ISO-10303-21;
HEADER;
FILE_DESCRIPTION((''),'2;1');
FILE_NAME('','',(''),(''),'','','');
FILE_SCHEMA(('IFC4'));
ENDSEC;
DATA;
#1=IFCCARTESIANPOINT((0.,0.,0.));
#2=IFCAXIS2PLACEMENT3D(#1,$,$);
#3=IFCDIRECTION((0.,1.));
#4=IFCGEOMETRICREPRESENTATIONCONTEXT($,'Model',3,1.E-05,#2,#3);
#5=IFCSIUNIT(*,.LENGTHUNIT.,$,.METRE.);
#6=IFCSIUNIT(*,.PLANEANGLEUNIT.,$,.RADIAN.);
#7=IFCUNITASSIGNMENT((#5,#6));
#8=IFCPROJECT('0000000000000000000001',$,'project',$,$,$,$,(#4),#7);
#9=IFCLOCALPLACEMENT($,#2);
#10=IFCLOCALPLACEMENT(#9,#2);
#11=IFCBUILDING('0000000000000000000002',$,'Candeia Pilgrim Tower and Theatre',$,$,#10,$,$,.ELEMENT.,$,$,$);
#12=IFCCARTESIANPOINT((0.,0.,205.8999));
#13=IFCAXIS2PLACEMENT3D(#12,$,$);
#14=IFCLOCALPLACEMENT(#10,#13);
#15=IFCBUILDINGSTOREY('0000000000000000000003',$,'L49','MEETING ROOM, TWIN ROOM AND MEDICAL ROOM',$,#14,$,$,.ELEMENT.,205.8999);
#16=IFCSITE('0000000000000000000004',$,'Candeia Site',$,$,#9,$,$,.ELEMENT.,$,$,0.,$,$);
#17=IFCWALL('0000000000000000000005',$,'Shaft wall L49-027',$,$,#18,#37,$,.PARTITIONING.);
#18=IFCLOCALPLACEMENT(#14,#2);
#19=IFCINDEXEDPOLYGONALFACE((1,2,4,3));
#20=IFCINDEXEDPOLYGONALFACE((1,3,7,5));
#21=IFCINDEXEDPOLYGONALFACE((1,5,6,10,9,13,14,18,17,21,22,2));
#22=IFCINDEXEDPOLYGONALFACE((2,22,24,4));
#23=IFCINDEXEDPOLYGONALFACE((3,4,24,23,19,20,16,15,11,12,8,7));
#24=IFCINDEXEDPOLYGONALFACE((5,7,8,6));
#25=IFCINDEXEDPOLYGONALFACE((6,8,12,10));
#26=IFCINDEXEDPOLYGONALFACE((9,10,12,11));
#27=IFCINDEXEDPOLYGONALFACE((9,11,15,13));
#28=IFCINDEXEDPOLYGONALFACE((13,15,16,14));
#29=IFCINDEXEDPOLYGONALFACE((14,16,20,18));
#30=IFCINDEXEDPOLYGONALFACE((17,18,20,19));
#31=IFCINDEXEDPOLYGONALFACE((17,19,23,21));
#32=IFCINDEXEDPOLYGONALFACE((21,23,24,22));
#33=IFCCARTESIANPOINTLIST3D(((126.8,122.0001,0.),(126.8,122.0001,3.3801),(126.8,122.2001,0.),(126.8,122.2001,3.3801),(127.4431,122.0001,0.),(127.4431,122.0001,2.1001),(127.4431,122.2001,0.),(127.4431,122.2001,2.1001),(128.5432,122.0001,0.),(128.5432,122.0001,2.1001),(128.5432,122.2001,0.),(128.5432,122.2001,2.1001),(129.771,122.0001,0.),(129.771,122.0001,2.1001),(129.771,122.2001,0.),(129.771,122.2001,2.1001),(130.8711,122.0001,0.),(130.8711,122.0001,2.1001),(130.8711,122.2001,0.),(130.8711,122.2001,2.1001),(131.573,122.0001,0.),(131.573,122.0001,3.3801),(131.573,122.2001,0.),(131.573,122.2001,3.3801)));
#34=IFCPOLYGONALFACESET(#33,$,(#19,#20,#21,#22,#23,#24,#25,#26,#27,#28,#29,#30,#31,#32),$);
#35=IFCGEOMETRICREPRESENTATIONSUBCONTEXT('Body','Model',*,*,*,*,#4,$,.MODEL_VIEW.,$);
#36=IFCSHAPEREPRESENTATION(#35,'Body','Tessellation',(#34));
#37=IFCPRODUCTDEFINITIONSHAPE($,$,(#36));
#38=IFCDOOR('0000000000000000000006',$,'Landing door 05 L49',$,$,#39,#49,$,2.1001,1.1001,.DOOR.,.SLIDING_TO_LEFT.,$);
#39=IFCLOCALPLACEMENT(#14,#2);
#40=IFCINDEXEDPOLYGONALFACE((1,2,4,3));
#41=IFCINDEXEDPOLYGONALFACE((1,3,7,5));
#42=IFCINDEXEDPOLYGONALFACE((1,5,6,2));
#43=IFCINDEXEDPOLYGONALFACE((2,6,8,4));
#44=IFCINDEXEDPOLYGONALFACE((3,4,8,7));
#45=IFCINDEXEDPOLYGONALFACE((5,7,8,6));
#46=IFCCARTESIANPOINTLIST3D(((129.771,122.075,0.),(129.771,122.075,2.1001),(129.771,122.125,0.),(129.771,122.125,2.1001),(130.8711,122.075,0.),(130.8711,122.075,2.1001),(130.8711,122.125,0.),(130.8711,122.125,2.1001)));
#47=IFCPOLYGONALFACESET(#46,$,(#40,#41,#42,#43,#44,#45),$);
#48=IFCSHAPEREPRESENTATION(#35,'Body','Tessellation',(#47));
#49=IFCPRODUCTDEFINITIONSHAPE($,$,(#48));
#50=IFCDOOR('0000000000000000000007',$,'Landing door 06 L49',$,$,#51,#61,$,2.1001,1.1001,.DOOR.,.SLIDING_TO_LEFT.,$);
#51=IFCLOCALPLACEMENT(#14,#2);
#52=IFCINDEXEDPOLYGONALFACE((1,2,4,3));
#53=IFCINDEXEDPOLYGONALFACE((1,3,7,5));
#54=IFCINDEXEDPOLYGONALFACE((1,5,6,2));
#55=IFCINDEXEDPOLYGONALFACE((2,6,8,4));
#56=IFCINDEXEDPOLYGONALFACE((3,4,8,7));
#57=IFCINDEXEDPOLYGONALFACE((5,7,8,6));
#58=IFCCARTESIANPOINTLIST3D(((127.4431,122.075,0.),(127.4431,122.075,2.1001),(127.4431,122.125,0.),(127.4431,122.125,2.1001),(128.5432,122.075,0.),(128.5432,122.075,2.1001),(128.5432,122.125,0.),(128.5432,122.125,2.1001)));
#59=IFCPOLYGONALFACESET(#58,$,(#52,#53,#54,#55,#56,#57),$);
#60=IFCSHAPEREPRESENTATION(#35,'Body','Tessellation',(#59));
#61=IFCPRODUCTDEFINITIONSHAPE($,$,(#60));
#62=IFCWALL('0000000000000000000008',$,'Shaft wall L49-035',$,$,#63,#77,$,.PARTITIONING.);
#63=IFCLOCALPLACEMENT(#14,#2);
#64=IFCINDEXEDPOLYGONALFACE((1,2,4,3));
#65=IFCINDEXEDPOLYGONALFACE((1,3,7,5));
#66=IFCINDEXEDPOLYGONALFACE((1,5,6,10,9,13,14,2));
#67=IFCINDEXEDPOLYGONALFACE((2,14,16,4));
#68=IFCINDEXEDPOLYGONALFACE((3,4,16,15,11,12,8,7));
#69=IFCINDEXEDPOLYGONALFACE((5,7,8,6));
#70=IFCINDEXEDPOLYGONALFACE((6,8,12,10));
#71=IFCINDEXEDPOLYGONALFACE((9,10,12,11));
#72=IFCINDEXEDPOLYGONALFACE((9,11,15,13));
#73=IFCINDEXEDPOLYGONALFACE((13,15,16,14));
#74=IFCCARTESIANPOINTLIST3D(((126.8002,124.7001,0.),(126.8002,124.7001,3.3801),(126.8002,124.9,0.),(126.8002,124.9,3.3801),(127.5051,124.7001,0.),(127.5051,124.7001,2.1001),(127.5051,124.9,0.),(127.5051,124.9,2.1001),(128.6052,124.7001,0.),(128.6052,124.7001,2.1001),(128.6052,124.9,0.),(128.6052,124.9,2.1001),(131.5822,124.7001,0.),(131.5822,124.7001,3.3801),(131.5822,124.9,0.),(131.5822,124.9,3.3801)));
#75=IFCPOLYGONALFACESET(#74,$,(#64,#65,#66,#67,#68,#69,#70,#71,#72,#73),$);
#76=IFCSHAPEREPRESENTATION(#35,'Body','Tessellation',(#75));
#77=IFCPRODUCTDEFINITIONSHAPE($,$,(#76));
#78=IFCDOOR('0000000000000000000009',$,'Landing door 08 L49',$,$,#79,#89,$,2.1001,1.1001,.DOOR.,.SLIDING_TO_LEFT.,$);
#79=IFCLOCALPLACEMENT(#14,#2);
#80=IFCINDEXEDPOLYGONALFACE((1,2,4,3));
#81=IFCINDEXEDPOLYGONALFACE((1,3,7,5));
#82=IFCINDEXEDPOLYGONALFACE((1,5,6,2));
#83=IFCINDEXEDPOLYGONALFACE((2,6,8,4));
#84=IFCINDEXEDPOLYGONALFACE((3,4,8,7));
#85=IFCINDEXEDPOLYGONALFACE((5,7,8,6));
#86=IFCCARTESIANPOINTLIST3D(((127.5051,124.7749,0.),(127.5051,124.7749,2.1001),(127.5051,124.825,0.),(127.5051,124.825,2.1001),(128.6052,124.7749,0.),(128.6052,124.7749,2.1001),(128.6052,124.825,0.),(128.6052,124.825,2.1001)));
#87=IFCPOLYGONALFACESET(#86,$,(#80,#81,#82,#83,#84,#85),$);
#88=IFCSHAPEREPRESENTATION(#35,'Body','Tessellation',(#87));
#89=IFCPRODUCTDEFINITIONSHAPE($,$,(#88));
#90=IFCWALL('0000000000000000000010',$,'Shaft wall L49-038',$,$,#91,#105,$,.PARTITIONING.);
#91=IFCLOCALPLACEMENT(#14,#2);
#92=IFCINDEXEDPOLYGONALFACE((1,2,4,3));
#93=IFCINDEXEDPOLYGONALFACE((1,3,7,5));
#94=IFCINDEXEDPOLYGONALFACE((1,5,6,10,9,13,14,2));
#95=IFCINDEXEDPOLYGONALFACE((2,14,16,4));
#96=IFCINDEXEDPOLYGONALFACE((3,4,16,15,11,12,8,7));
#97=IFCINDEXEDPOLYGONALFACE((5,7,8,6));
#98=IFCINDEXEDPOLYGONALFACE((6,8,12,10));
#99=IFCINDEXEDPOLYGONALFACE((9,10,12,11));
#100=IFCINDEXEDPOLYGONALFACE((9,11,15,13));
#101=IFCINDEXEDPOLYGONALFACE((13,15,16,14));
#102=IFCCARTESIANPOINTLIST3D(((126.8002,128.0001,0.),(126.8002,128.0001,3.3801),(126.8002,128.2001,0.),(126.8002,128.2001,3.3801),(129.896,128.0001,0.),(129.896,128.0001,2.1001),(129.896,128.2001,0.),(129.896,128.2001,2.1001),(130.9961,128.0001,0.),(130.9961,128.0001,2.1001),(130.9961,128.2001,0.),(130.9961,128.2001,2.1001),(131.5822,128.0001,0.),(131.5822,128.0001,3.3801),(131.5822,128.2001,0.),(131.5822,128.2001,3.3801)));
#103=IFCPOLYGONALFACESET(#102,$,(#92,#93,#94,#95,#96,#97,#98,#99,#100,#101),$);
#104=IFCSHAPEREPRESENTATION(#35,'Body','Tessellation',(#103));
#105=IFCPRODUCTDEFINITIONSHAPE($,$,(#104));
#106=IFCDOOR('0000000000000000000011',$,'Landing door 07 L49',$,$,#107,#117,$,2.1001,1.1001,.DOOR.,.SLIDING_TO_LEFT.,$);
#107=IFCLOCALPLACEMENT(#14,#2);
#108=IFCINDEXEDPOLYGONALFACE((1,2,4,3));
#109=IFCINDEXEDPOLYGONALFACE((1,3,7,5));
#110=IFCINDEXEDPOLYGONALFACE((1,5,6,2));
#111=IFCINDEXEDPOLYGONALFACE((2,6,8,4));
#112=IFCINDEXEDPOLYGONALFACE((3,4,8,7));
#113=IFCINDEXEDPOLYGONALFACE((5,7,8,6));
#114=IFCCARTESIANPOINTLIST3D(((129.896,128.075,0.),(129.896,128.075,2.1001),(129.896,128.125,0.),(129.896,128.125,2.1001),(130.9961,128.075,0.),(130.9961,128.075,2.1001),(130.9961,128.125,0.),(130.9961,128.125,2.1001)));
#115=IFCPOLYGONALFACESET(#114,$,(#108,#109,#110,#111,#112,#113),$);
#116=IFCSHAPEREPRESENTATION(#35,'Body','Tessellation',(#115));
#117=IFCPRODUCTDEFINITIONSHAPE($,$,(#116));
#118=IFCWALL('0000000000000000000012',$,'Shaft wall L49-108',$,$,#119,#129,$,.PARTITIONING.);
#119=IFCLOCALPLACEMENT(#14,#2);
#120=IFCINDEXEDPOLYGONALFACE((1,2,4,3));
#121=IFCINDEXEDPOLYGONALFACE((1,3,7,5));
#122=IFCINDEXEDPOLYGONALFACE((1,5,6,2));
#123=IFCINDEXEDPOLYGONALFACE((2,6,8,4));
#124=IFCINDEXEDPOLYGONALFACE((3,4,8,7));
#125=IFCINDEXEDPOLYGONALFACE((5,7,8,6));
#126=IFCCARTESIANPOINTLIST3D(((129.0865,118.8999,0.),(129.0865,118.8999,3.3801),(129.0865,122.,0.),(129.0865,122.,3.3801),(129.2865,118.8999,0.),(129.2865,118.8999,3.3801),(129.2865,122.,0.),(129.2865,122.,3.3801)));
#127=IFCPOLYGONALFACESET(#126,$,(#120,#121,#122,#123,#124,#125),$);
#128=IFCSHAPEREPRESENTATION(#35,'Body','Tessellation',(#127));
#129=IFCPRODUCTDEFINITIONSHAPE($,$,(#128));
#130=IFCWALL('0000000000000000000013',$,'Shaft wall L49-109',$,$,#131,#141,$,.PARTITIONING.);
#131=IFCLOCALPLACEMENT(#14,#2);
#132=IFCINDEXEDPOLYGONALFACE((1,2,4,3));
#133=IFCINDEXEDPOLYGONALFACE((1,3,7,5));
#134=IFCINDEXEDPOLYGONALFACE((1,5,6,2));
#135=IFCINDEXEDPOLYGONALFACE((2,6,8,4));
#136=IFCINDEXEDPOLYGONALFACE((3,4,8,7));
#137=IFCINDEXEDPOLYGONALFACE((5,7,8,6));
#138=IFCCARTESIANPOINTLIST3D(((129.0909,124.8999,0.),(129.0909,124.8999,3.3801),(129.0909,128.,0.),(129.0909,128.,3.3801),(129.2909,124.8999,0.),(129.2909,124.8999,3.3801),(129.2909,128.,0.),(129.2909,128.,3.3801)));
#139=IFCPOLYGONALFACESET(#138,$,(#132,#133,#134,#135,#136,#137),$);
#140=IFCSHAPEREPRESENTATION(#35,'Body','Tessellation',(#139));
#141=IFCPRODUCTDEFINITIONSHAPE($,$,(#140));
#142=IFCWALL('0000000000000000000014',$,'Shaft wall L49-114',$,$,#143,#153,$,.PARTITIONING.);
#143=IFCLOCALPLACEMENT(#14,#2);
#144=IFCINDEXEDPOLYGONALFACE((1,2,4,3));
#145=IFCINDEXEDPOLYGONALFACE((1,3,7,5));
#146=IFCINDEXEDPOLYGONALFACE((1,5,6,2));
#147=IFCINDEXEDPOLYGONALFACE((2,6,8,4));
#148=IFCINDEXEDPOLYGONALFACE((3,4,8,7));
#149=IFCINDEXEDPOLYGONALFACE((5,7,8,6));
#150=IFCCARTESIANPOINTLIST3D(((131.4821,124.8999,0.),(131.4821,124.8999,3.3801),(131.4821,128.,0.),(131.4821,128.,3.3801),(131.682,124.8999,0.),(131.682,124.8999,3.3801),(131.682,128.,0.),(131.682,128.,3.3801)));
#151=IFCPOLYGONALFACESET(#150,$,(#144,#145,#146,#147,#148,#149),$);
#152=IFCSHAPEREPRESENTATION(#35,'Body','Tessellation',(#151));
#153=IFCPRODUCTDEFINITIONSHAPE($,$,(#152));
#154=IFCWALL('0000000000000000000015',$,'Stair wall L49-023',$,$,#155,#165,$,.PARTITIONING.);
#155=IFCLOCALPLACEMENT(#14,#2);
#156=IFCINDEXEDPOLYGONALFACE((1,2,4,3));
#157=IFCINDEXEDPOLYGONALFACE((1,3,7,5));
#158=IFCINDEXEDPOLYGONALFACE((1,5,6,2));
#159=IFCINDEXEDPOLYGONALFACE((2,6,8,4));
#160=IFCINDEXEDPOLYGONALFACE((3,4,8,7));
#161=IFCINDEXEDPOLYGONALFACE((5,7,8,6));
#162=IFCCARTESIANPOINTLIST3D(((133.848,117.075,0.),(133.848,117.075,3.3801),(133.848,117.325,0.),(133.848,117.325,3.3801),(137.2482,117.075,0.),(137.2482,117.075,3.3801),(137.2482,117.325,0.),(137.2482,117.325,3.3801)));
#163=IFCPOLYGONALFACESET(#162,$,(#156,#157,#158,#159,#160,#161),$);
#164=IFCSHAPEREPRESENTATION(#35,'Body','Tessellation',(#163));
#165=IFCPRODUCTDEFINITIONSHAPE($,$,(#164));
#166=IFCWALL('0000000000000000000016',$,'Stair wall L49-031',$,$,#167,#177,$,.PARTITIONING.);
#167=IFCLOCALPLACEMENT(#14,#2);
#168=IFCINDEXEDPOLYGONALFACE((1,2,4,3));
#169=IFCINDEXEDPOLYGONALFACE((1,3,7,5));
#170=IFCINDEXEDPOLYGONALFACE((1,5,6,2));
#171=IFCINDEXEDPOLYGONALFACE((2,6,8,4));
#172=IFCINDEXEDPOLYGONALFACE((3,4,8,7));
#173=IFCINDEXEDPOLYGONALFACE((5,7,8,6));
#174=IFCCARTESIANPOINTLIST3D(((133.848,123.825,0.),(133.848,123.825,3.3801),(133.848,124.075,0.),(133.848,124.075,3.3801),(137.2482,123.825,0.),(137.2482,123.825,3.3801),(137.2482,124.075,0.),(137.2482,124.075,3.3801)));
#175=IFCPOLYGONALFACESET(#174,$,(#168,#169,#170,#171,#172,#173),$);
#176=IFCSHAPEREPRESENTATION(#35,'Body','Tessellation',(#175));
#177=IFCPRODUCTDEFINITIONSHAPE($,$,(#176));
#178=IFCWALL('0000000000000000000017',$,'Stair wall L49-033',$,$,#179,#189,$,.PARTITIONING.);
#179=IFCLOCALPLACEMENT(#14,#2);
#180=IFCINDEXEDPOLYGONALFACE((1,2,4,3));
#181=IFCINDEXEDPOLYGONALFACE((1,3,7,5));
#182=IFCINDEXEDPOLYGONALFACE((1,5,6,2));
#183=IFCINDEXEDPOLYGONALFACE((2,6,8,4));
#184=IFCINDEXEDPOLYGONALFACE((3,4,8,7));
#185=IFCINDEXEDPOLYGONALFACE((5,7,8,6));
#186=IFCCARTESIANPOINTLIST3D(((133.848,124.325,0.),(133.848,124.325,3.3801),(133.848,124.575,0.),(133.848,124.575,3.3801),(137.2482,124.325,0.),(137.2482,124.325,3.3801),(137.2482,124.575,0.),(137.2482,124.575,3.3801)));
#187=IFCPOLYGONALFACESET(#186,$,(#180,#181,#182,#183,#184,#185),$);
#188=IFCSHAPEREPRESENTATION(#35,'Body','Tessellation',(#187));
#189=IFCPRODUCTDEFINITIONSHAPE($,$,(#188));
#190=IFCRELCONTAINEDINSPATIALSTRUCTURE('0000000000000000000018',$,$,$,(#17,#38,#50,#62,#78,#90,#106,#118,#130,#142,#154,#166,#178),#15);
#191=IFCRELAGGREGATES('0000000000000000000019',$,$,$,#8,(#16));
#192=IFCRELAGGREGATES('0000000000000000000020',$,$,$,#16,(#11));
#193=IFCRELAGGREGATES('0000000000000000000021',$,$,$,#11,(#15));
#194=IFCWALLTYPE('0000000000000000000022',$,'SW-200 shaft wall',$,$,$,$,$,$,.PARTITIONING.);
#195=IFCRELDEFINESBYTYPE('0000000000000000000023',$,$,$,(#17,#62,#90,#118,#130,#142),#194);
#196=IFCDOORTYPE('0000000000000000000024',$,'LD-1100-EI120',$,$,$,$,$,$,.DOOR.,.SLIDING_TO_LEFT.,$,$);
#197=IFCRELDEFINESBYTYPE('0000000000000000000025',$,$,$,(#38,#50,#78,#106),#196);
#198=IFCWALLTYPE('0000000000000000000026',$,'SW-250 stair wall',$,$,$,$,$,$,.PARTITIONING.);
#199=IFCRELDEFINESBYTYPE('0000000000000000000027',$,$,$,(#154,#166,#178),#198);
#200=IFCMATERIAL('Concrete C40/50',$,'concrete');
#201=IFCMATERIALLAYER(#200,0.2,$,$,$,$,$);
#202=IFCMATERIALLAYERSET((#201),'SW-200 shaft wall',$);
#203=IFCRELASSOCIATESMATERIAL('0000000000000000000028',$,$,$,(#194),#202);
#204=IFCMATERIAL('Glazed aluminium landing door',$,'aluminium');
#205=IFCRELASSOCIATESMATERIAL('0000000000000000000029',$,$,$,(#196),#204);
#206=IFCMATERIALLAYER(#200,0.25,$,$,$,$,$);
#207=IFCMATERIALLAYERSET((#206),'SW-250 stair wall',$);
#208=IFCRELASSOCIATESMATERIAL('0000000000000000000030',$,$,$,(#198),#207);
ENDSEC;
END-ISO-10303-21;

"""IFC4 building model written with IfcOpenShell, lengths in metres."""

from ifc_helpers import new_model, si_unit, direction, frame, frame_2d, origin, place, context, subcontext, project, spatial, rectangle, extrude, material, layer, layer_set, type_object, element, fill, save


model = new_model("IFC4")

# Units and contexts
model_context = context("Model", 3, precision=1e-05, world=origin(), true_north=direction((0.0, 1.0)))
body_context = subcontext(model_context, "Body", "Model", "MODEL_VIEW")
ifc_project = project(units=[si_unit("LENGTHUNIT", "METRE"), si_unit("PLANEANGLEUNIT", "RADIAN")], contexts=[model_context])

# Site, building, storey
site_placement = place(None, origin())
site = spatial("IfcSite", under=ifc_project, at=site_placement, Name="Candeia Site", CompositionType="ELEMENT", RefElevation=0.0)
building_placement = place(site_placement, origin())
building = spatial("IfcBuilding", under=site, at=building_placement, Name="Candeia Pilgrim Tower and Theatre", CompositionType="ELEMENT")
storey_placement = place(building_placement, frame((0.0, 0.0, 205.8999)))
storey = spatial("IfcBuildingStorey", under=building, at=storey_placement, Name="L49", Description="MEETING ROOM, TWIN ROOM AND MEDICAL ROOM", CompositionType="ELEMENT", Elevation=205.8999)

# Shared definitions
ifc_material_1 = material(Name="Concrete C40/50", Category="concrete")
ifc_layer_1 = layer(ifc_material_1, 0.2)
ifc_layer_set_1 = layer_set([ifc_layer_1], Name="SW-200 shaft wall")
wall_type_1 = type_object("IfcWallType", Name="SW-200 shaft wall", PredefinedType="PARTITIONING", material=ifc_layer_set_1)

# Wall, openings, doors
wall_1_placement = place(storey_placement, frame((126.8, 122.1001, 0.0), z_axis=(0.0, 0.0, 1.0), x_axis=(1.0, 0.0, 0.0)))
wall_1 = element("IfcWall", 1, at=wall_1_placement, inside=storey, type_object=wall_type_1, Name="Shaft wall L49-027", PredefinedType="PARTITIONING", context=body_context, shape_type="SweptSolid", body=[
    extrude(rectangle(XDim=4.7729, YDim=0.2, at=frame_2d((2.3865, 0.0))), origin(), (0.0, 0.0, 1.0), 3.3801),
])
opening_1_placement = place(wall_1_placement, frame((2.9709, 0.0, 0.0)))
opening_1 = element("IfcOpeningElement", 2, at=opening_1_placement, cuts=wall_1, PredefinedType="OPENING", context=body_context, shape_type="SweptSolid", body=[
    extrude(rectangle(XDim=1.1001, YDim=2.1001, at=frame_2d((0.55, 1.05))), frame((0.0, 0.1099, 0.0), z_axis=(0.0, -1.0, 0.0), x_axis=(1.0, 0.0, 0.0)), (0.0, 0.0, 1.0), 0.22),
])
opening_2_placement = place(wall_1_placement, frame((0.6431, 0.0, 0.0)))
opening_2 = element("IfcOpeningElement", 3, at=opening_2_placement, cuts=wall_1, PredefinedType="OPENING", context=body_context, shape_type="SweptSolid", body=[
    extrude(rectangle(XDim=1.1001, YDim=2.1001, at=frame_2d((0.55, 1.05))), frame((0.0, 0.1099, 0.0), z_axis=(0.0, -1.0, 0.0), x_axis=(1.0, 0.0, 0.0)), (0.0, 0.0, 1.0), 0.22),
])
ifc_material_2 = material(Name="Glazed aluminium landing door", Category="aluminium")
door_type_1 = type_object("IfcDoorType", Name="LD-1100-EI120", OperationType="SLIDING_TO_LEFT", PredefinedType="DOOR", material=ifc_material_2)
door_1_placement = place(opening_1_placement, origin())
door_1 = element("IfcDoor", 4, at=door_1_placement, inside=storey, type_object=door_type_1, Name="Landing door 05 L49", OperationType="SLIDING_TO_LEFT", OverallHeight=2.1001, OverallWidth=1.1001, PredefinedType="DOOR", context=body_context, shape_type="SweptSolid", body=[
    extrude(rectangle(XDim=1.1001, YDim=2.1001, at=frame_2d((0.55, 1.05))), frame((0.0, 0.0249, 0.0), z_axis=(0.0, -1.0, 0.0), x_axis=(1.0, 0.0, 0.0)), (0.0, 0.0, 1.0), 0.05),
])
fill(opening_1, door_1)
door_2_placement = place(opening_2_placement, origin())
door_2 = element("IfcDoor", 5, at=door_2_placement, inside=storey, type_object=door_type_1, Name="Landing door 06 L49", OperationType="SLIDING_TO_LEFT", OverallHeight=2.1001, OverallWidth=1.1001, PredefinedType="DOOR", context=body_context, shape_type="SweptSolid", body=[
    extrude(rectangle(XDim=1.1001, YDim=2.1001, at=frame_2d((0.55, 1.05))), frame((0.0, 0.0249, 0.0), z_axis=(0.0, -1.0, 0.0), x_axis=(1.0, 0.0, 0.0)), (0.0, 0.0, 1.0), 0.05),
])
fill(opening_2, door_2)

# Walls, openings, doors
wall_2_placement = place(storey_placement, frame((126.8, 124.8, 0.0), z_axis=(0.0, 0.0, 1.0), x_axis=(1.0, 0.0, 0.0)))
wall_2 = element("IfcWall", 6, at=wall_2_placement, inside=storey, type_object=wall_type_1, Name="Shaft wall L49-035", PredefinedType="PARTITIONING", context=body_context, shape_type="SweptSolid", body=[
    extrude(rectangle(XDim=4.782, YDim=0.2, at=frame_2d((2.3911, 0.0))), origin(), (0.0, 0.0, 1.0), 3.3801),
])
opening_3_placement = place(wall_2_placement, frame((0.7051, 0.0, 0.0)))
opening_3 = element("IfcOpeningElement", 7, at=opening_3_placement, cuts=wall_2, PredefinedType="OPENING", context=body_context, shape_type="SweptSolid", body=[
    extrude(rectangle(XDim=1.1001, YDim=2.1001, at=frame_2d((0.55, 1.05))), frame((0.0, 0.1099, 0.0), z_axis=(0.0, -1.0, 0.0), x_axis=(1.0, 0.0, 0.0)), (0.0, 0.0, 1.0), 0.22),
])
door_3_placement = place(opening_3_placement, origin())
door_3 = element("IfcDoor", 8, at=door_3_placement, inside=storey, type_object=door_type_1, Name="Landing door 08 L49", OperationType="SLIDING_TO_LEFT", OverallHeight=2.1001, OverallWidth=1.1001, PredefinedType="DOOR", context=body_context, shape_type="SweptSolid", body=[
    extrude(rectangle(XDim=1.1001, YDim=2.1001, at=frame_2d((0.55, 1.05))), frame((0.0, 0.0249, 0.0), z_axis=(0.0, -1.0, 0.0), x_axis=(1.0, 0.0, 0.0)), (0.0, 0.0, 1.0), 0.05),
])
fill(opening_3, door_3)
wall_3_placement = place(storey_placement, frame((126.8, 128.1001, 0.0), z_axis=(0.0, 0.0, 1.0), x_axis=(1.0, 0.0, 0.0)))
wall_3 = element("IfcWall", 9, at=wall_3_placement, inside=storey, type_object=wall_type_1, Name="Shaft wall L49-038", PredefinedType="PARTITIONING", context=body_context, shape_type="SweptSolid", body=[
    extrude(rectangle(XDim=4.782, YDim=0.2, at=frame_2d((2.3911, 0.0))), origin(), (0.0, 0.0, 1.0), 3.3801),
])
opening_4_placement = place(wall_3_placement, frame((3.0959, 0.0, 0.0)))
opening_4 = element("IfcOpeningElement", 10, at=opening_4_placement, cuts=wall_3, PredefinedType="OPENING", context=body_context, shape_type="SweptSolid", body=[
    extrude(rectangle(XDim=1.1001, YDim=2.1001, at=frame_2d((0.55, 1.05))), frame((0.0, 0.1099, 0.0), z_axis=(0.0, -1.0, 0.0), x_axis=(1.0, 0.0, 0.0)), (0.0, 0.0, 1.0), 0.22),
])
door_4_placement = place(opening_4_placement, origin())
door_4 = element("IfcDoor", 11, at=door_4_placement, inside=storey, type_object=door_type_1, Name="Landing door 07 L49", OperationType="SLIDING_TO_LEFT", OverallHeight=2.1001, OverallWidth=1.1001, PredefinedType="DOOR", context=body_context, shape_type="SweptSolid", body=[
    extrude(rectangle(XDim=1.1001, YDim=2.1001, at=frame_2d((0.55, 1.05))), frame((0.0, 0.0249, 0.0), z_axis=(0.0, -1.0, 0.0), x_axis=(1.0, 0.0, 0.0)), (0.0, 0.0, 1.0), 0.05),
])
fill(opening_4, door_4)

# Walls
for number, where, z_axis, x_axis, name in (
    (12, (129.1865, 118.8999, 0.0), (0.0, 0.0, 1.0), (0.0, 1.0, 0.0), "Shaft wall L49-108"),
    (13, (129.1909, 124.8999, 0.0), (0.0, 0.0, 1.0), (0.0, 1.0, 0.0), "Shaft wall L49-109"),
    (14, (131.582, 124.8999, 0.0), (0.0, 0.0, 1.0), (0.0, 1.0, 0.0), "Shaft wall L49-114"),
):
    element("IfcWall", number, at=place(storey_placement, frame(where, z_axis=z_axis, x_axis=x_axis)), inside=storey, type_object=wall_type_1, Name=name, PredefinedType="PARTITIONING", context=body_context, shape_type="SweptSolid", body=[
        extrude(rectangle(XDim=3.1001, YDim=0.2, at=frame_2d((1.55, 0.0))), origin(), (0.0, 0.0, 1.0), 3.3801),
    ])
ifc_layer_2 = layer(ifc_material_1, 0.25)
ifc_layer_set_2 = layer_set([ifc_layer_2], Name="SW-250 stair wall")
wall_type_2 = type_object("IfcWallType", Name="SW-250 stair wall", PredefinedType="PARTITIONING", material=ifc_layer_set_2)
for number, where, z_axis, x_axis, name in (
    (15, (133.8479, 117.2, 0.0), (0.0, 0.0, 1.0), (1.0, 0.0, 0.0), "Stair wall L49-023"),
    (16, (133.8479, 123.95, 0.0), (0.0, 0.0, 1.0), (1.0, 0.0, 0.0), "Stair wall L49-031"),
    (17, (133.8479, 124.45, 0.0), (0.0, 0.0, 1.0), (1.0, 0.0, 0.0), "Stair wall L49-033"),
):
    element("IfcWall", number, at=place(storey_placement, frame(where, z_axis=z_axis, x_axis=x_axis)), inside=storey, type_object=wall_type_2, Name=name, PredefinedType="PARTITIONING", context=body_context, shape_type="SweptSolid", body=[
        extrude(rectangle(XDim=3.4001, YDim=0.25, at=frame_2d((1.7002, 0.0))), origin(), (0.0, 0.0, 1.0), 3.3801),
    ])

save(model, "model.ifc")
